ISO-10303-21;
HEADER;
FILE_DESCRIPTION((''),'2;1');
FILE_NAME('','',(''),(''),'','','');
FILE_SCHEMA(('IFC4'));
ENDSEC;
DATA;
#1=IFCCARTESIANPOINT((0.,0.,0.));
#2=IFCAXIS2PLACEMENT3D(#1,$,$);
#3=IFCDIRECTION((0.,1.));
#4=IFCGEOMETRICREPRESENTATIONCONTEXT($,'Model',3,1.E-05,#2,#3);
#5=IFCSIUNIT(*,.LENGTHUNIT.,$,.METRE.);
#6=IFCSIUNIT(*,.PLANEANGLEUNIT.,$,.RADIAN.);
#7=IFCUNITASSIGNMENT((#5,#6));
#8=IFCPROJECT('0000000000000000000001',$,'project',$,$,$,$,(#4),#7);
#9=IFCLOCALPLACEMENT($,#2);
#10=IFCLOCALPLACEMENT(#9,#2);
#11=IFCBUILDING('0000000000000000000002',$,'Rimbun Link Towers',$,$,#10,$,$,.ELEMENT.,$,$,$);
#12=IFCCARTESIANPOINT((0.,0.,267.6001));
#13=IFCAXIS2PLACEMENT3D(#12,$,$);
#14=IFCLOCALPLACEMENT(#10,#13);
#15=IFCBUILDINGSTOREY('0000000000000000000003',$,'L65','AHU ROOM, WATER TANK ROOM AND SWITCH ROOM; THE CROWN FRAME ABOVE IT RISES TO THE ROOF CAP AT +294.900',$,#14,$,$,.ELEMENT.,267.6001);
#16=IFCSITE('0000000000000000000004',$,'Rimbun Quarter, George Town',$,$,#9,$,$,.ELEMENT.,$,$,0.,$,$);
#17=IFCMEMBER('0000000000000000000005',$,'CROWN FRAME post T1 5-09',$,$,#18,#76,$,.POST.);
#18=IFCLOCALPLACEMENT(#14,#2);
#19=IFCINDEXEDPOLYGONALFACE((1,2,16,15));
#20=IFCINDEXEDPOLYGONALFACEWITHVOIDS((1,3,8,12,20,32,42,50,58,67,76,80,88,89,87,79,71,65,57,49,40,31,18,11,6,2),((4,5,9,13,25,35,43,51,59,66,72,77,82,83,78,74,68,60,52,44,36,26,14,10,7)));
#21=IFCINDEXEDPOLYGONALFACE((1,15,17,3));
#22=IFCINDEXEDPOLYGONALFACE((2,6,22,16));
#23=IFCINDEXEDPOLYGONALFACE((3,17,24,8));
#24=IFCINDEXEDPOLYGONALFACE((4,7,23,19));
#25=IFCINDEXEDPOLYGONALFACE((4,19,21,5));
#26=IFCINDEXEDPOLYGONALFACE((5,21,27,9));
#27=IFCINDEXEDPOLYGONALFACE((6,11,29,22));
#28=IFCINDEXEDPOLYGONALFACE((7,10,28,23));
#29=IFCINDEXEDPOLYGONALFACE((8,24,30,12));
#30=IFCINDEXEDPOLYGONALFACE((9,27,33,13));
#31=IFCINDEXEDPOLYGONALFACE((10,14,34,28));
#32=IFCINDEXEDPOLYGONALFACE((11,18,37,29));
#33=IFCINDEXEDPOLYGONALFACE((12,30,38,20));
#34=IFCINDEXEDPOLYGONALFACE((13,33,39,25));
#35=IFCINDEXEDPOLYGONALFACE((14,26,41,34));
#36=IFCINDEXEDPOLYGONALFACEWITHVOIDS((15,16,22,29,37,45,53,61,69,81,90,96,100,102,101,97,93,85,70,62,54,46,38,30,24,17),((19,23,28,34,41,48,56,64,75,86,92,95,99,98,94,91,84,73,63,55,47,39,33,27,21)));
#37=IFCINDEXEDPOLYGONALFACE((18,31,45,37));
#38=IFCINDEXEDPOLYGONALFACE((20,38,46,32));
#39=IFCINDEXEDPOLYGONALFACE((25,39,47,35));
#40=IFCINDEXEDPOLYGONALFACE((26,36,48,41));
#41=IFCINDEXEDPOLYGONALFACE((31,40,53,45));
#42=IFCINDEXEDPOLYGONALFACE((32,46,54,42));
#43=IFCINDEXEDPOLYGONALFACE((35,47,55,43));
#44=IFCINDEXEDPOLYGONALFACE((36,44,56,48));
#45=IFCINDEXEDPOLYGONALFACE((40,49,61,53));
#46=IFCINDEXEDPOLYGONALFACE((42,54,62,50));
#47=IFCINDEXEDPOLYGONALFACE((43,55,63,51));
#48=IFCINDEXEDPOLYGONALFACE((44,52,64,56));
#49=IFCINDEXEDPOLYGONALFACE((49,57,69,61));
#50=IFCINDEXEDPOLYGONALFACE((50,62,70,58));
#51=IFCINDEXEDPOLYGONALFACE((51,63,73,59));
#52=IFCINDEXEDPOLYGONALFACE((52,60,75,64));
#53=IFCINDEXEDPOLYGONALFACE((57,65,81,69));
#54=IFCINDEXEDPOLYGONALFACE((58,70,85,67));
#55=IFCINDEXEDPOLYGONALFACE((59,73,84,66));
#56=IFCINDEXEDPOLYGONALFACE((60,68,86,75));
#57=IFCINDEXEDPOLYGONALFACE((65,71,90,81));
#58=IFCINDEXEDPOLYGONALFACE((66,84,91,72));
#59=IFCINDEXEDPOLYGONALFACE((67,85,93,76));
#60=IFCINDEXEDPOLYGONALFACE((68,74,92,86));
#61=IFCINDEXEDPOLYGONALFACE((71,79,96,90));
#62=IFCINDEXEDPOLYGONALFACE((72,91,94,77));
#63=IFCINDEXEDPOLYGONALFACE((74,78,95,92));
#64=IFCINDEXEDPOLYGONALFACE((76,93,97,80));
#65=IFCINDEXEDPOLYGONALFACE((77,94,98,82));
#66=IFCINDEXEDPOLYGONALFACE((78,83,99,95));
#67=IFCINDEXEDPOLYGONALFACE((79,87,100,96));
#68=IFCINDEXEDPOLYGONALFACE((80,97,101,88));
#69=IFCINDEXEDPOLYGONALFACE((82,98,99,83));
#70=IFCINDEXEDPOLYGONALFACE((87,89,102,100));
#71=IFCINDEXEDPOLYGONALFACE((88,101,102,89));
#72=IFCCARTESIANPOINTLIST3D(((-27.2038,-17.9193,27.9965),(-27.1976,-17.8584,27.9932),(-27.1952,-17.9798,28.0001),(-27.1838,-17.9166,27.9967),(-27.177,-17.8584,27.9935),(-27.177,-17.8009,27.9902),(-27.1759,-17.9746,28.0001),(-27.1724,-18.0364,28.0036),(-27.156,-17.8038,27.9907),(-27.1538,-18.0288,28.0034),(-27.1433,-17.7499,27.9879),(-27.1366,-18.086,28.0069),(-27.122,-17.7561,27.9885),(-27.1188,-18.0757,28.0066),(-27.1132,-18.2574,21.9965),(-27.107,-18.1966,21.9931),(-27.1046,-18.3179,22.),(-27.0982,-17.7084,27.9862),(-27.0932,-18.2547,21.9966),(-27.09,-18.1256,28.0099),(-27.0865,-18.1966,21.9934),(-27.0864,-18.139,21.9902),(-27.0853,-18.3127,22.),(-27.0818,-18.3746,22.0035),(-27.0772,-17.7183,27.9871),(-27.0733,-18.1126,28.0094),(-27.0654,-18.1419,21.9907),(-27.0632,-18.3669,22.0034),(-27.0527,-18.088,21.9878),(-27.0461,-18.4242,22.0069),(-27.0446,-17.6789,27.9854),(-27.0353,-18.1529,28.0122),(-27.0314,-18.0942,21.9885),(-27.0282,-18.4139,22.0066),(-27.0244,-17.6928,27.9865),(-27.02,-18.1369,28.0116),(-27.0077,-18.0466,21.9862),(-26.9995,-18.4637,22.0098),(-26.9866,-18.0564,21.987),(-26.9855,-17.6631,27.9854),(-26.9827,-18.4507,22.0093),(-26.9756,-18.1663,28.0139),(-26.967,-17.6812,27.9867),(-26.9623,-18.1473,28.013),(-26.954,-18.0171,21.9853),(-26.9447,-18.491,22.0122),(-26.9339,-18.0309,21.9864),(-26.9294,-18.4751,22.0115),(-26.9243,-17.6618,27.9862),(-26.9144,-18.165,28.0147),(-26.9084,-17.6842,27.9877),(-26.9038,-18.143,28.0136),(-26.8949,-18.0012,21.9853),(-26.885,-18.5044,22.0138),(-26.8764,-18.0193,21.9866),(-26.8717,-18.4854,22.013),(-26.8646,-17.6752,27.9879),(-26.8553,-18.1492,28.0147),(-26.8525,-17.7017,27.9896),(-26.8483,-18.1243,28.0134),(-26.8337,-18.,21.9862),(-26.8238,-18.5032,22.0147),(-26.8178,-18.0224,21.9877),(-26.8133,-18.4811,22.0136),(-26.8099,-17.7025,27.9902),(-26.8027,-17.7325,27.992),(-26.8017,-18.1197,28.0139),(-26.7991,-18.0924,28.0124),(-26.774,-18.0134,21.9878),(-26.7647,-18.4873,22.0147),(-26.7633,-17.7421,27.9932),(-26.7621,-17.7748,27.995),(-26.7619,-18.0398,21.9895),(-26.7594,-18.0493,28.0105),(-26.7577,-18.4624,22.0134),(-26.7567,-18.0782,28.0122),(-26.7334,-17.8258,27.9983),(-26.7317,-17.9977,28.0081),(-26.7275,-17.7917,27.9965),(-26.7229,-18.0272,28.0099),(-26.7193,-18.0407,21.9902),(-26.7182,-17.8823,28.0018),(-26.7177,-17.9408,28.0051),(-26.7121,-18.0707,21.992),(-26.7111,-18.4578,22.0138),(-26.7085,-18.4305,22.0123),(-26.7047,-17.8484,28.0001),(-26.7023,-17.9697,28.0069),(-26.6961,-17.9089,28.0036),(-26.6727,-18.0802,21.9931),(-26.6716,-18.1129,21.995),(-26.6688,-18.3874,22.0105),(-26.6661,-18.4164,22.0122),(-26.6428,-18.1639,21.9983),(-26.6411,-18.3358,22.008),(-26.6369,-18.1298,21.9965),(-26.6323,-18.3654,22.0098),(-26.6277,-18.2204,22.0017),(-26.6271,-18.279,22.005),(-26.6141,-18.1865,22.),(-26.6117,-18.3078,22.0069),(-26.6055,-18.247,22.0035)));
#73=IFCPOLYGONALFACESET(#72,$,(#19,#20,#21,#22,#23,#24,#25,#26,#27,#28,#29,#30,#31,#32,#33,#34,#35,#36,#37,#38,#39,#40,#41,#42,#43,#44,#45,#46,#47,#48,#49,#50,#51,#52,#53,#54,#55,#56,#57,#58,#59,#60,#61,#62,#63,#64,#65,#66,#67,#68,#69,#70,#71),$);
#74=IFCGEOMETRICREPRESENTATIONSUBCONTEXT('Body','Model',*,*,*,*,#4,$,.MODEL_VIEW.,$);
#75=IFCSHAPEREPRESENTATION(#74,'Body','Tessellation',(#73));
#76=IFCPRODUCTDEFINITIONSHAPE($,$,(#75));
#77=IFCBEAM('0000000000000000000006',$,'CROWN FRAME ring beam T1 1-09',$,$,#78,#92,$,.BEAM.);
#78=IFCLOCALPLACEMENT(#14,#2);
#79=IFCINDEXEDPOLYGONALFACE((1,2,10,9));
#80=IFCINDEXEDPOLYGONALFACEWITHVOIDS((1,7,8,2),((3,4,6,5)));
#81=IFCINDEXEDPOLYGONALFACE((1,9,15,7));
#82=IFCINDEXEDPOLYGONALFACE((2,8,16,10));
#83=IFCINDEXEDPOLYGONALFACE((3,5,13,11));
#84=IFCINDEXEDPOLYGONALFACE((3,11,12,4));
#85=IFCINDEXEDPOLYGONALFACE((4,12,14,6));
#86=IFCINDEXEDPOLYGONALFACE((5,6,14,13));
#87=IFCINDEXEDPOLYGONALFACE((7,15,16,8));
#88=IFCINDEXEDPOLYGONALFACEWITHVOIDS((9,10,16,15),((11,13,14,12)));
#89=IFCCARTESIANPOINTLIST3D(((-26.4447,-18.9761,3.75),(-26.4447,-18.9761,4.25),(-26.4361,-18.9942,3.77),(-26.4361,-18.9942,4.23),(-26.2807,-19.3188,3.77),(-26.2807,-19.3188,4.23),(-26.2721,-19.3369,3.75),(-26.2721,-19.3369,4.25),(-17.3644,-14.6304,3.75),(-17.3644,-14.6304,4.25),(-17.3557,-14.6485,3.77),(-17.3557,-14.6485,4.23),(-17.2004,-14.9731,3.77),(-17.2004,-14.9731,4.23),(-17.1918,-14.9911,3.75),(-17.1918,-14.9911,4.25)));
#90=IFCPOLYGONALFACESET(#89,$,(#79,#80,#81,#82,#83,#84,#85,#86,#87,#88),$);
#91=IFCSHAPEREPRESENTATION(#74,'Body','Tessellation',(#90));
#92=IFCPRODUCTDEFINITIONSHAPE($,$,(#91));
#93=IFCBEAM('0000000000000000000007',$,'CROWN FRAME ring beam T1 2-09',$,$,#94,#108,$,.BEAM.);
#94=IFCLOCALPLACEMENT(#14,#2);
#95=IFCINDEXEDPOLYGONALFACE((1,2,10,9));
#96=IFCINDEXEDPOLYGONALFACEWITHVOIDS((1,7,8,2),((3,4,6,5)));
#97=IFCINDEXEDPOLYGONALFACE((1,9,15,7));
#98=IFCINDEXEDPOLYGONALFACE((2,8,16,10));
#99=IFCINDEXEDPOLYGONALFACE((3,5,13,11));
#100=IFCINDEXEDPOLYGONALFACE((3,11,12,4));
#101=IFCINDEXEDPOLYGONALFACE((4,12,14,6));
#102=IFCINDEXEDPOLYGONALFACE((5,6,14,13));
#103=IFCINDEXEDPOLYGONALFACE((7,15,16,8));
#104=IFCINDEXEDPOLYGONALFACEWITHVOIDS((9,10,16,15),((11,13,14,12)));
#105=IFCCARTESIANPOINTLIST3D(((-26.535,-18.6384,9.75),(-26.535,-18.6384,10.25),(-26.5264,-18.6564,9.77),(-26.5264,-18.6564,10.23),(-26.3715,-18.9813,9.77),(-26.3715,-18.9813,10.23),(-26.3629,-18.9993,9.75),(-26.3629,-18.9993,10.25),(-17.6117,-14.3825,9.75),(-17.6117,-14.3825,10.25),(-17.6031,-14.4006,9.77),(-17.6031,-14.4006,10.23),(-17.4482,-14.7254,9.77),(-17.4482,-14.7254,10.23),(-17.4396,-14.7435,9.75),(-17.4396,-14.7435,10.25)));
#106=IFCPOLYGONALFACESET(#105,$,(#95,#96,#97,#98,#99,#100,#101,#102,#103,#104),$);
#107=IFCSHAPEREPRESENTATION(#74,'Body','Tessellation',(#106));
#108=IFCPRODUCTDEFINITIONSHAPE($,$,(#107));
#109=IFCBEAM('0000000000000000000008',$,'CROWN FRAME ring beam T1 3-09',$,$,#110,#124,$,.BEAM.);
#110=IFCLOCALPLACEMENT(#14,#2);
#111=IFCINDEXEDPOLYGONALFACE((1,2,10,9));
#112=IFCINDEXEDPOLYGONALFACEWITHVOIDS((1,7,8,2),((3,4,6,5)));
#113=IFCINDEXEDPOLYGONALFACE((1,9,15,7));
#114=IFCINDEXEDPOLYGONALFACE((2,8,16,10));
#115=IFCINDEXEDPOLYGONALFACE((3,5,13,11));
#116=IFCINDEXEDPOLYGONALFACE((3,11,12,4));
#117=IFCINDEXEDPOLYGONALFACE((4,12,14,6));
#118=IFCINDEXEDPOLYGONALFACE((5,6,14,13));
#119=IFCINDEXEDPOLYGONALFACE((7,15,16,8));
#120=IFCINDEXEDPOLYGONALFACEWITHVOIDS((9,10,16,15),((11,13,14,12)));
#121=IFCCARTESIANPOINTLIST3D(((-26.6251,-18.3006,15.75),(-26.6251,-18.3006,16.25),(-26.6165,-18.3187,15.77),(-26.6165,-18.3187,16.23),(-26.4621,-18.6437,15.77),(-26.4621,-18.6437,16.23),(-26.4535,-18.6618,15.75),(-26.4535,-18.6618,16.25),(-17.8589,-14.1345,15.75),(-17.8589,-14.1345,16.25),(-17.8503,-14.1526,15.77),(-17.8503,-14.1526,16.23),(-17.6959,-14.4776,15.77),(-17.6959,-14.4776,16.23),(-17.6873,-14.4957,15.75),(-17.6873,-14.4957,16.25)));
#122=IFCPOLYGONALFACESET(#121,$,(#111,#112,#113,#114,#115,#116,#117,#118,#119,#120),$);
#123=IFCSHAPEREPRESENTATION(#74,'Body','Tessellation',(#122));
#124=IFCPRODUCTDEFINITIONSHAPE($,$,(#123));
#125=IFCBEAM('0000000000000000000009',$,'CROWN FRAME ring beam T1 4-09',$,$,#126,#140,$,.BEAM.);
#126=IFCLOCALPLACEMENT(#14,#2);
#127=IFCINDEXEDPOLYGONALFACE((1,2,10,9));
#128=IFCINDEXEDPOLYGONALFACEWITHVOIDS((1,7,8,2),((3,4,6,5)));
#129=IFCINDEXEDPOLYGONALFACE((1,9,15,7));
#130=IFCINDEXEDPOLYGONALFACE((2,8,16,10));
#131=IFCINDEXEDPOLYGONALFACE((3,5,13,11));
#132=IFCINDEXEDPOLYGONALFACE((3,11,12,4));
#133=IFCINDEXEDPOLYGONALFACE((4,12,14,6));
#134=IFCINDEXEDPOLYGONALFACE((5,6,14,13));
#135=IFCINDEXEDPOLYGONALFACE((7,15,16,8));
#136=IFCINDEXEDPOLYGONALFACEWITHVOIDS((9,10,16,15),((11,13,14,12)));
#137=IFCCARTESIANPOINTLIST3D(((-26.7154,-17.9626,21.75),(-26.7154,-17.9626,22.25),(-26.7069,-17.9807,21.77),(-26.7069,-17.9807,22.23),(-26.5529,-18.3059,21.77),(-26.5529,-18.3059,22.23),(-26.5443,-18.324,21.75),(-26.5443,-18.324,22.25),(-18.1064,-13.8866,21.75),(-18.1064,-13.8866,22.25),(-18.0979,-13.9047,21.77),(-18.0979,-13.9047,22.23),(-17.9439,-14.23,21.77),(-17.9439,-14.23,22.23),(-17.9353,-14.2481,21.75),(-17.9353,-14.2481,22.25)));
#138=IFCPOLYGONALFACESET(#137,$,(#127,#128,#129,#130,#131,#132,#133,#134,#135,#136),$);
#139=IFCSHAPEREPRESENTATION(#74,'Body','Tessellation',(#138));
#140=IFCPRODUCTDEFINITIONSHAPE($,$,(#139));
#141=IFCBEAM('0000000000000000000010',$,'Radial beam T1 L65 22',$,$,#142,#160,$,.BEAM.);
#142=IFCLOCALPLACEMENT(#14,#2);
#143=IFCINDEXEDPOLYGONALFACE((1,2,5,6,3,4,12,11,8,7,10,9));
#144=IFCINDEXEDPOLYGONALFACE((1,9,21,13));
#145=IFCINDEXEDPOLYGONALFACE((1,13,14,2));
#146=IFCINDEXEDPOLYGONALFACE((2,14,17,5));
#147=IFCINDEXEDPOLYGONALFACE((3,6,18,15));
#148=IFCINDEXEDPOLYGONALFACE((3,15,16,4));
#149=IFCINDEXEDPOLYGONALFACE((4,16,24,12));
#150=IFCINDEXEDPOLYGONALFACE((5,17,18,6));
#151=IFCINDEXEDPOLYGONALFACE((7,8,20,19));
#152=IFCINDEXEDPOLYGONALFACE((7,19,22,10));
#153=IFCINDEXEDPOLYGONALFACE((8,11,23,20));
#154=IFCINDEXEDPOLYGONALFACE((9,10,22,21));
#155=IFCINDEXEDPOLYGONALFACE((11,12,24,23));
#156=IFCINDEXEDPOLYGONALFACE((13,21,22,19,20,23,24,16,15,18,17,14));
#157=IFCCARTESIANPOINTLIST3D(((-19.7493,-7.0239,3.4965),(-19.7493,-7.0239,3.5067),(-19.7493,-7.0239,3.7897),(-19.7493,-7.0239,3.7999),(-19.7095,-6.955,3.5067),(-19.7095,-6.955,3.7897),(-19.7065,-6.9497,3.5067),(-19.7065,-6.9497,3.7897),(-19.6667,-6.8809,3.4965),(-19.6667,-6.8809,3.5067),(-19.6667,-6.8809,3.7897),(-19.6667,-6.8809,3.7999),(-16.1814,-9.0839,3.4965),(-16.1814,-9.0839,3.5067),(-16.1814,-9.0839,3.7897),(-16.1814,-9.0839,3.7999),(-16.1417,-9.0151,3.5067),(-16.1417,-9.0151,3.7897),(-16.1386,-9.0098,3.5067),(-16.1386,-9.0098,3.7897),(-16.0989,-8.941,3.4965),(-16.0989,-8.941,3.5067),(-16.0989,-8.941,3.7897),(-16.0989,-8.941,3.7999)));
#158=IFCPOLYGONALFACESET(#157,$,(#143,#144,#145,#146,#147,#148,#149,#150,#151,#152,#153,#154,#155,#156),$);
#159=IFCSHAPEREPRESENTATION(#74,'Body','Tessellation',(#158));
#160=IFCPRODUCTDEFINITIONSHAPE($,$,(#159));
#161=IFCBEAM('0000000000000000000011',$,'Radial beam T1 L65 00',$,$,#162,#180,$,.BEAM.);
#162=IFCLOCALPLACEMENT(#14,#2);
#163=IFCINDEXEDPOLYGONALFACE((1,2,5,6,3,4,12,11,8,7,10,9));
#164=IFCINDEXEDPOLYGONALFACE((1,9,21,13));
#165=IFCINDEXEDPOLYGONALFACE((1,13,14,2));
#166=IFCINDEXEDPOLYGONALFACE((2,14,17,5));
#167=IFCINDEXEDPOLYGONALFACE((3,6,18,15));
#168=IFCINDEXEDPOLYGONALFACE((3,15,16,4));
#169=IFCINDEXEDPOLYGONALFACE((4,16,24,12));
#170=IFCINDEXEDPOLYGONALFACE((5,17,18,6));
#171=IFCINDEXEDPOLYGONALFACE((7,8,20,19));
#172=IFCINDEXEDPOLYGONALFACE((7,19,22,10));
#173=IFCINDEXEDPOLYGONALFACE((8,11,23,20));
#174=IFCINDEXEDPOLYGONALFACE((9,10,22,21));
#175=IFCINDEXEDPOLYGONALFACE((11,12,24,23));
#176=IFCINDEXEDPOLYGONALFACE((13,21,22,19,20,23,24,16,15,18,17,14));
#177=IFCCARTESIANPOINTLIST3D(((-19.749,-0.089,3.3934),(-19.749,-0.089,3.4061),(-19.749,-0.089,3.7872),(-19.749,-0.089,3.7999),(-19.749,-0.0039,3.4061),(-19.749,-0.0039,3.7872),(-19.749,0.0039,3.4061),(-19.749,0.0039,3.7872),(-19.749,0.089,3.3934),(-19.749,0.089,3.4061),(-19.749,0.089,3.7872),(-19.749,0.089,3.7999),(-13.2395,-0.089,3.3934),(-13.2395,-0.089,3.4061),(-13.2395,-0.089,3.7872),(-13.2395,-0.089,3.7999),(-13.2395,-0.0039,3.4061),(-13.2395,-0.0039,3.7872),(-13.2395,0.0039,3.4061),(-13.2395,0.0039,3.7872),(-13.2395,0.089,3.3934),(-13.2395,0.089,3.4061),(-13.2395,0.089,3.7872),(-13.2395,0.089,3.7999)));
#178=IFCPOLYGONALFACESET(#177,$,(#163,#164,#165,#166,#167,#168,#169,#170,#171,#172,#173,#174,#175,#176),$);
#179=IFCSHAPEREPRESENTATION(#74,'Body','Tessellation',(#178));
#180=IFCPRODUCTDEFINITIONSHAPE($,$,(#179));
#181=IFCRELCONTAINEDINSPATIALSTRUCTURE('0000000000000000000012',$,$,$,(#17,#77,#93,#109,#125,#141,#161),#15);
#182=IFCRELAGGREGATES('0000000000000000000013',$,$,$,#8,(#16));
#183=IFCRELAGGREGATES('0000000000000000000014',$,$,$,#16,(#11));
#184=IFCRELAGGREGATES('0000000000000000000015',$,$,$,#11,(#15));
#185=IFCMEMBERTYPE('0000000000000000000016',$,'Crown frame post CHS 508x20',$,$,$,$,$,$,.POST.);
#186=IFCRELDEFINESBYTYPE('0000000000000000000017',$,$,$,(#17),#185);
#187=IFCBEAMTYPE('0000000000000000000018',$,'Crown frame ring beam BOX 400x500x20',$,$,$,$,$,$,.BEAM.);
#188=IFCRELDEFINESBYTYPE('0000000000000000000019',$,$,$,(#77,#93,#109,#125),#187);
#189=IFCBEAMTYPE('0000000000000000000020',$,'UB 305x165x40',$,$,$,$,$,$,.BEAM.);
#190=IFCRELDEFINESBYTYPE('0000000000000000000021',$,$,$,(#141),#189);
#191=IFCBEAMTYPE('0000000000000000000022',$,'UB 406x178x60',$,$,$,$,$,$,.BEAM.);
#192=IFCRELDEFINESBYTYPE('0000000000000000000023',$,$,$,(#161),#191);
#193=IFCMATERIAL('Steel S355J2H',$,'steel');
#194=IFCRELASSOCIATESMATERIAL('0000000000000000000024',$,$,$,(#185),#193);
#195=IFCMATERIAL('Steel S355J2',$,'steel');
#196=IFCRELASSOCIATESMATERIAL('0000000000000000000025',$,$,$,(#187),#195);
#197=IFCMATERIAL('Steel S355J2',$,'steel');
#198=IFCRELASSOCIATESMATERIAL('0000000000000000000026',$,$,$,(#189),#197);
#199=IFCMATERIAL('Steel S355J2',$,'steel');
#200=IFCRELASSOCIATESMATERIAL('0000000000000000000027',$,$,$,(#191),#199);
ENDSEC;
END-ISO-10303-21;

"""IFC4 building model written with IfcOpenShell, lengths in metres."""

from ifc_helpers import new_model, si_unit, direction, frame, origin, origin_2d, place, context, subcontext, project, spatial, hollow_rectangle, hollow_circle, i_section, extrude, material, material_profile, profile_set, type_object, element, save


model = new_model("IFC4")

# Units and contexts
model_context = context("Model", 3, precision=1e-05, world=origin(), true_north=direction((0.0, 1.0)))
body_context = subcontext(model_context, "Body", "Model", "MODEL_VIEW")
ifc_project = project(units=[si_unit("LENGTHUNIT", "METRE"), si_unit("PLANEANGLEUNIT", "RADIAN")], contexts=[model_context])

# Site, building, storey
site_placement = place(None, origin())
site = spatial("IfcSite", under=ifc_project, at=site_placement, Name="Rimbun Quarter, George Town", CompositionType="ELEMENT", RefElevation=0.0)
building_placement = place(site_placement, origin())
building = spatial("IfcBuilding", under=site, at=building_placement, Name="Rimbun Link Towers", CompositionType="ELEMENT")
storey_placement = place(building_placement, frame((0.0, 0.0, 267.6001)))
storey = spatial("IfcBuildingStorey", under=building, at=storey_placement, Name="L65", Description="AHU ROOM, WATER TANK ROOM AND SWITCH ROOM; THE CROWN FRAME ABOVE IT RISES TO THE ROOF CAP AT +294.900", CompositionType="ELEMENT", Elevation=267.6001)

# Member
ifc_material_1 = material(Name="Steel S355J2H", Category="steel")
ifc_material_profile_1 = material_profile(ifc_material_1, hollow_circle(Radius=0.2539, WallThickness=0.02, at=origin_2d()), Name="Crown frame post CHS 508x20")
ifc_profile_set_1 = profile_set([ifc_material_profile_1], Name="Steel S355J2H")
member_type_1 = type_object("IfcMemberType", Name="Crown frame post CHS 508x20", PredefinedType="POST", material=ifc_profile_set_1)
for number, where, z_axis, x_axis, name in (
    (1, (-26.8594, -18.2522, 22.0), (-0.01507, 0.05626, 0.998302), (-0.965945, -0.258748, 0.0), "CROWN FRAME post T1 5-09"),
):
    element("IfcMember", number, at=place(storey_placement, frame(where, z_axis=z_axis, x_axis=x_axis)), inside=storey, type_object=member_type_1, Name=name, PredefinedType="POST", context=body_context, shape_type="SweptSolid", body=[
        extrude(hollow_circle(Radius=0.2539, WallThickness=0.02, at=origin_2d()), origin(), (0.0, 0.0, 1.0), 6.0103),
    ])

# Beams
ifc_material_2 = material(Name="Steel S355J2", Category="steel")
ifc_material_profile_2 = material_profile(ifc_material_2, hollow_rectangle(XDim=0.3999, YDim=0.5, WallThickness=0.02, at=origin_2d()), Name="Crown frame ring beam BOX 400x500x20")
ifc_profile_set_2 = profile_set([ifc_material_profile_2], Name="Steel S355J2")
beam_type_1 = type_object("IfcBeamType", Name="Crown frame ring beam BOX 400x500x20", PredefinedType="BEAM", material=ifc_profile_set_2)
beam_1_placement = place(storey_placement, frame((-26.3584, -19.1565, 4.0), z_axis=(0.902021, 0.431693, 0.0), x_axis=(-0.431693, 0.902021, 0.0)))
element("IfcBeam", 2, at=beam_1_placement, inside=storey, type_object=beam_type_1, Name="CROWN FRAME ring beam T1 1-09", PredefinedType="BEAM", context=body_context, shape_type="SweptSolid", body=[
    extrude(hollow_rectangle(XDim=0.3999, YDim=0.5, WallThickness=0.02, at=origin_2d()), origin(), (0.0, 0.0, 1.0), 10.0667),
])
beam_2_placement = place(storey_placement, frame((-26.449, -18.8188, 10.0), z_axis=(0.902599, 0.430482, 0.0), x_axis=(-0.430482, 0.902599, 0.0)))
element("IfcBeam", 3, at=beam_2_placement, inside=storey, type_object=beam_type_1, Name="CROWN FRAME ring beam T1 2-09", PredefinedType="BEAM", context=body_context, shape_type="SweptSolid", body=[
    extrude(hollow_rectangle(XDim=0.3999, YDim=0.5, WallThickness=0.02, at=origin_2d()), origin(), (0.0, 0.0, 1.0), 9.8862),
])
beam_3_placement = place(storey_placement, frame((-26.5393, -18.4812, 16.0), z_axis=(0.903193, 0.429234, 0.0), x_axis=(-0.429234, 0.903193, 0.0)))
element("IfcBeam", 4, at=beam_3_placement, inside=storey, type_object=beam_type_1, Name="CROWN FRAME ring beam T1 3-09", PredefinedType="BEAM", context=body_context, shape_type="SweptSolid", body=[
    extrude(hollow_rectangle(XDim=0.3999, YDim=0.5, WallThickness=0.02, at=origin_2d()), origin(), (0.0, 0.0, 1.0), 9.7058),
])
beam_4_placement = place(storey_placement, frame((-26.6299, -18.1433, 22.0), z_axis=(0.903818, 0.427918, 0.0), x_axis=(-0.427918, 0.903818, 0.0)))
element("IfcBeam", 5, at=beam_4_placement, inside=storey, type_object=beam_type_1, Name="CROWN FRAME ring beam T1 4-09", PredefinedType="BEAM", context=body_context, shape_type="SweptSolid", body=[
    extrude(hollow_rectangle(XDim=0.3999, YDim=0.5, WallThickness=0.02, at=origin_2d()), origin(), (0.0, 0.0, 1.0), 9.5251),
])
ifc_material_3 = material(Name="Steel S355J2", Category="steel")
ifc_material_profile_3 = material_profile(ifc_material_3, i_section(OverallWidth=0.165, OverallDepth=0.3035, WebThickness=0.0061, FlangeThickness=0.0103, at=origin_2d()), Name="UB 305x165x40")
ifc_profile_set_3 = profile_set([ifc_material_profile_3], Name="Steel S355J2")
beam_type_2 = type_object("IfcBeamType", Name="UB 305x165x40", PredefinedType="BEAM", material=ifc_profile_set_3)
beam_5_placement = place(storey_placement, frame((-19.708, -6.9524, 3.6482), z_axis=(0.86601, -0.500027, 0.0), x_axis=(0.500027, 0.86601, 0.0)))
element("IfcBeam", 6, at=beam_5_placement, inside=storey, type_object=beam_type_2, Name="Radial beam T1 L65 22", PredefinedType="BEAM", context=body_context, shape_type="SweptSolid", body=[
    extrude(i_section(OverallWidth=0.165, OverallDepth=0.3035, WebThickness=0.0061, FlangeThickness=0.0103, at=origin_2d()), origin(), (0.0, 0.0, 1.0), 4.1199),
])
ifc_material_4 = material(Name="Steel S355J2", Category="steel")
ifc_material_profile_4 = material_profile(ifc_material_4, i_section(OverallWidth=0.178, OverallDepth=0.4065, WebThickness=0.0078, FlangeThickness=0.0127, at=origin_2d()), Name="UB 406x178x60")
ifc_profile_set_4 = profile_set([ifc_material_profile_4], Name="Steel S355J2")
beam_type_3 = type_object("IfcBeamType", Name="UB 406x178x60", PredefinedType="BEAM", material=ifc_profile_set_4)
beam_6_placement = place(storey_placement, frame((-19.749, 0.0, 3.5967), z_axis=(1.0, 0.0, 0.0), x_axis=(0.0, 1.0, 0.0)))
element("IfcBeam", 7, at=beam_6_placement, inside=storey, type_object=beam_type_3, Name="Radial beam T1 L65 00", PredefinedType="BEAM", context=body_context, shape_type="SweptSolid", body=[
    extrude(i_section(OverallWidth=0.178, OverallDepth=0.4065, WebThickness=0.0078, FlangeThickness=0.0127, at=origin_2d()), origin(), (0.0, 0.0, 1.0), 6.5095),
])

save(model, "model.ifc")
